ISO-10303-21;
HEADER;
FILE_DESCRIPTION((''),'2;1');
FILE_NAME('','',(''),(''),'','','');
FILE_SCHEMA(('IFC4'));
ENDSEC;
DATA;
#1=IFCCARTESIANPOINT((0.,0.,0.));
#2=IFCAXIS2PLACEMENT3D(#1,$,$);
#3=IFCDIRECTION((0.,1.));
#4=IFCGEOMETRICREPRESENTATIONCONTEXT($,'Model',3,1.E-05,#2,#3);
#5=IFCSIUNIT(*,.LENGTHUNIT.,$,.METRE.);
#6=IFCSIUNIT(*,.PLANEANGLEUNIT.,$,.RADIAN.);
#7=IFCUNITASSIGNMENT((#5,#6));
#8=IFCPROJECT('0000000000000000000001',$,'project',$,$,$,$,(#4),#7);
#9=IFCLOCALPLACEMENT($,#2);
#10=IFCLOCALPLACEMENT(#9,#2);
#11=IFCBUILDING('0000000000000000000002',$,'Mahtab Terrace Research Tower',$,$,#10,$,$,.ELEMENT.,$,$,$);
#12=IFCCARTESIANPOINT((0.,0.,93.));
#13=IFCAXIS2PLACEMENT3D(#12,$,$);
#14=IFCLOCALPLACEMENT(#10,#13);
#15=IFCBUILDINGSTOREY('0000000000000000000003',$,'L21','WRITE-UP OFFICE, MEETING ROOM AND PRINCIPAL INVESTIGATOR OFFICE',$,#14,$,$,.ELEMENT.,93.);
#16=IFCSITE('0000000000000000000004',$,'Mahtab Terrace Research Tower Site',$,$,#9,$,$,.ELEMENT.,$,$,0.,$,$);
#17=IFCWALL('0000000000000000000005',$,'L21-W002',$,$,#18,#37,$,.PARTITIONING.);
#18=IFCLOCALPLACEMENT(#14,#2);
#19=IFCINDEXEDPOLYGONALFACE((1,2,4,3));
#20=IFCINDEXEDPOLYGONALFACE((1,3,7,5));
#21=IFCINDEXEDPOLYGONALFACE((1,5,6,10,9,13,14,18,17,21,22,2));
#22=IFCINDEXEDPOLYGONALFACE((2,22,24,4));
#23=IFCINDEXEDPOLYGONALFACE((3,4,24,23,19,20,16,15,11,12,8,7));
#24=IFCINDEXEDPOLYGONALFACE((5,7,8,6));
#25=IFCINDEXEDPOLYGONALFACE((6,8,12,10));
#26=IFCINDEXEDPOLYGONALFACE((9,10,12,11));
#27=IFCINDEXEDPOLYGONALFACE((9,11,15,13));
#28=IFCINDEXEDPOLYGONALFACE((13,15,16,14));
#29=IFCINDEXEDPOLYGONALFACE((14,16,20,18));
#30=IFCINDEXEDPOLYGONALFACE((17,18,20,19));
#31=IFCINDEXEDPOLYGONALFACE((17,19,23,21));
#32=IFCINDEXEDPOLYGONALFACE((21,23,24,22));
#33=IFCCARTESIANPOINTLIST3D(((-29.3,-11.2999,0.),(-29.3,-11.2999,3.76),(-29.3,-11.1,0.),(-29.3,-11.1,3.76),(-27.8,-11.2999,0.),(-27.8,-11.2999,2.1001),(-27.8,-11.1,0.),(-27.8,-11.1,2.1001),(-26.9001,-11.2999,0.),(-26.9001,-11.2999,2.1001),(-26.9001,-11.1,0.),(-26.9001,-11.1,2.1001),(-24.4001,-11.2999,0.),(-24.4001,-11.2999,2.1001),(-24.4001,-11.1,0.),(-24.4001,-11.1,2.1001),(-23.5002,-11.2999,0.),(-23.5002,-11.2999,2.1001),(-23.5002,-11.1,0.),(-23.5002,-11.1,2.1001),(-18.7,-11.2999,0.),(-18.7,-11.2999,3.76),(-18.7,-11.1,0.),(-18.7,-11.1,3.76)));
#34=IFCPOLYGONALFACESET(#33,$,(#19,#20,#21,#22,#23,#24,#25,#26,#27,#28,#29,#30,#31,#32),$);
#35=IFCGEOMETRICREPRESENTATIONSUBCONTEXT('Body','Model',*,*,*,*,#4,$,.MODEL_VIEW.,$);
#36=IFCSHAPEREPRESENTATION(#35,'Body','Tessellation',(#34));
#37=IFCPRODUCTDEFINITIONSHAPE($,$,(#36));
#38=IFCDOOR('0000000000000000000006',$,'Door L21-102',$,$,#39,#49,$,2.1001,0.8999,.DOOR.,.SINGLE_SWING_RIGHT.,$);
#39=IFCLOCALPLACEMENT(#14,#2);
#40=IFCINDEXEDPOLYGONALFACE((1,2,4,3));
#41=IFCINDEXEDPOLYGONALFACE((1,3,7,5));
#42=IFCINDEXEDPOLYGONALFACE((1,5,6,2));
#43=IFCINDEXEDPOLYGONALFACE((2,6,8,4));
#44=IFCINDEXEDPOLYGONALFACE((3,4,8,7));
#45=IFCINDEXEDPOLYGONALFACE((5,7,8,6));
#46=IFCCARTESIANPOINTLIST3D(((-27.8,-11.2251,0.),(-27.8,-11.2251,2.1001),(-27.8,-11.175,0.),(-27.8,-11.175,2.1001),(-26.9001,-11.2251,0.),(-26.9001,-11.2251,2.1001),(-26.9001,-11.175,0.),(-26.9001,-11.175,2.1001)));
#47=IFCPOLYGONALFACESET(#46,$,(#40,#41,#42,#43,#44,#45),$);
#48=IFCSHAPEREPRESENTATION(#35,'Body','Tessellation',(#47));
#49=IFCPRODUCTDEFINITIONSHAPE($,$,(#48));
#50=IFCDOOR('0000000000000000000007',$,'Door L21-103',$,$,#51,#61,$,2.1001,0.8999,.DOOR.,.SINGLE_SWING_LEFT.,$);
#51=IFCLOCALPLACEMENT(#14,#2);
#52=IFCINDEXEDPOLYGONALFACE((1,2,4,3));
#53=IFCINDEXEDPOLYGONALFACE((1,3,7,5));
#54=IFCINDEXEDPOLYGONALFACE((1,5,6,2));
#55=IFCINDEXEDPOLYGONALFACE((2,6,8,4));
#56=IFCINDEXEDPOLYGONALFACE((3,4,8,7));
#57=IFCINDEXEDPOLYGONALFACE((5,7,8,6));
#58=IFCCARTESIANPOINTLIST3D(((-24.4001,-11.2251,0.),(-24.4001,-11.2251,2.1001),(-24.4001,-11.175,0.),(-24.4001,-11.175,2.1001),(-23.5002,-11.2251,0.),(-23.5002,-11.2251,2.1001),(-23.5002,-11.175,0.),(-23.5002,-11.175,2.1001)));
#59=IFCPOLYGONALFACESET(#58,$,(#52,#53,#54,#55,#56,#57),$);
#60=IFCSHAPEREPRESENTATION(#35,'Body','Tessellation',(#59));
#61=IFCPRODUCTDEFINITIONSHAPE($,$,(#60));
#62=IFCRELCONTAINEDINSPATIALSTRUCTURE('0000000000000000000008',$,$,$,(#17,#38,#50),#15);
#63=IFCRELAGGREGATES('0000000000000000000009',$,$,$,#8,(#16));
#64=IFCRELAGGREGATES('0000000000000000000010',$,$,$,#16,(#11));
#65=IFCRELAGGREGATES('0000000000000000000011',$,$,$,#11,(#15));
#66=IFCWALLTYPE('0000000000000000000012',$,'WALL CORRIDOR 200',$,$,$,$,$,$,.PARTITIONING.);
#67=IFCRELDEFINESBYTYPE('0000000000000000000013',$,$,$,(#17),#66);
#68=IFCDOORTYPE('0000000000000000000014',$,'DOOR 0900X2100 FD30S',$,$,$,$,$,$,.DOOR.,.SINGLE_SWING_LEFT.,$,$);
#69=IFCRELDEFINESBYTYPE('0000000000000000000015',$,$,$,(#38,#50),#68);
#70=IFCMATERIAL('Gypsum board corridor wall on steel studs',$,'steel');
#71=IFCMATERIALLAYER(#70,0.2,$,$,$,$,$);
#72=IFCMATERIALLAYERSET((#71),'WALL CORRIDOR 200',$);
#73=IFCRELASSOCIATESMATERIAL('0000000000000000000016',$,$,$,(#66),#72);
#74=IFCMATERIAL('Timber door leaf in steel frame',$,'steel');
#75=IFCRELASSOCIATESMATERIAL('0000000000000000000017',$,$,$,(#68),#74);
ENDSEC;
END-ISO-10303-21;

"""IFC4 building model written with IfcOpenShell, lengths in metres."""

from ifc_helpers import new_model, si_unit, direction, frame, frame_2d, origin, place, context, subcontext, project, spatial, rectangle, extrude, material, layer, layer_set, type_object, element, fill, save


model = new_model("IFC4")

# Units and contexts
model_context = context("Model", 3, precision=1e-05, world=origin(), true_north=direction((0.0, 1.0)))
body_context = subcontext(model_context, "Body", "Model", "MODEL_VIEW")
ifc_project = project(units=[si_unit("LENGTHUNIT", "METRE"), si_unit("PLANEANGLEUNIT", "RADIAN")], contexts=[model_context])

# Site, building, storey
site_placement = place(None, origin())
site = spatial("IfcSite", under=ifc_project, at=site_placement, Name="Mahtab Terrace Research Tower Site", CompositionType="ELEMENT", RefElevation=0.0)
building_placement = place(site_placement, origin())
building = spatial("IfcBuilding", under=site, at=building_placement, Name="Mahtab Terrace Research Tower", CompositionType="ELEMENT")
storey_placement = place(building_placement, frame((0.0, 0.0, 93.0)))
storey = spatial("IfcBuildingStorey", under=building, at=storey_placement, Name="L21", Description="WRITE-UP OFFICE, MEETING ROOM AND PRINCIPAL INVESTIGATOR OFFICE", CompositionType="ELEMENT", Elevation=93.0)

# Wall, openings, doors
ifc_material_1 = material(Name="Gypsum board corridor wall on steel studs", Category="steel")
ifc_layer_1 = layer(ifc_material_1, 0.2)
ifc_layer_set_1 = layer_set([ifc_layer_1], Name="WALL CORRIDOR 200")
wall_type_1 = type_object("IfcWallType", Name="WALL CORRIDOR 200", PredefinedType="PARTITIONING", material=ifc_layer_set_1)
wall_1_placement = place(storey_placement, frame((-29.3, -11.2, 0.0), z_axis=(0.0, 0.0, 1.0), x_axis=(1.0, 0.0, 0.0)))
wall_1 = element("IfcWall", 1, at=wall_1_placement, inside=storey, type_object=wall_type_1, Name="L21-W002", PredefinedType="PARTITIONING", context=body_context, shape_type="SweptSolid", body=[
    extrude(rectangle(XDim=10.6001, YDim=0.2, at=frame_2d((5.3, 0.0))), origin(), (0.0, 0.0, 1.0), 3.76),
])
opening_1_placement = place(wall_1_placement, frame((1.5, 0.0, 0.0)))
opening_1 = element("IfcOpeningElement", 2, at=opening_1_placement, cuts=wall_1, PredefinedType="OPENING", context=body_context, shape_type="SweptSolid", body=[
    extrude(rectangle(XDim=0.8999, YDim=2.1001, at=frame_2d((0.45, 1.05))), frame((0.0, 0.1099, 0.0), z_axis=(0.0, -1.0, 0.0), x_axis=(1.0, 0.0, 0.0)), (0.0, 0.0, 1.0), 0.22),
])
opening_2_placement = place(wall_1_placement, frame((4.8999, 0.0, 0.0)))
opening_2 = element("IfcOpeningElement", 3, at=opening_2_placement, cuts=wall_1, PredefinedType="OPENING", context=body_context, shape_type="SweptSolid", body=[
    extrude(rectangle(XDim=0.8999, YDim=2.1001, at=frame_2d((0.45, 1.05))), frame((0.0, 0.1099, 0.0), z_axis=(0.0, -1.0, 0.0), x_axis=(1.0, 0.0, 0.0)), (0.0, 0.0, 1.0), 0.22),
])
ifc_material_2 = material(Name="Timber door leaf in steel frame", Category="steel")
door_type_1 = type_object("IfcDoorType", Name="DOOR 0900X2100 FD30S", OperationType="SINGLE_SWING_LEFT", PredefinedType="DOOR", material=ifc_material_2)
door_1_placement = place(opening_1_placement, origin())
door_1 = element("IfcDoor", 4, at=door_1_placement, inside=storey, type_object=door_type_1, Name="Door L21-102", OperationType="SINGLE_SWING_RIGHT", OverallHeight=2.1001, OverallWidth=0.8999, PredefinedType="DOOR", context=body_context, shape_type="SweptSolid", body=[
    extrude(rectangle(XDim=0.8999, YDim=2.1001, at=frame_2d((0.45, 1.05))), frame((0.0, 0.0249, 0.0), z_axis=(0.0, -1.0, 0.0), x_axis=(1.0, 0.0, 0.0)), (0.0, 0.0, 1.0), 0.05),
])
fill(opening_1, door_1)
door_2_placement = place(opening_2_placement, origin())
door_2 = element("IfcDoor", 5, at=door_2_placement, inside=storey, type_object=door_type_1, Name="Door L21-103", OperationType="SINGLE_SWING_LEFT", OverallHeight=2.1001, OverallWidth=0.8999, PredefinedType="DOOR", context=body_context, shape_type="SweptSolid", body=[
    extrude(rectangle(XDim=0.8999, YDim=2.1001, at=frame_2d((0.45, 1.05))), frame((0.0, 0.0249, 0.0), z_axis=(0.0, -1.0, 0.0), x_axis=(1.0, 0.0, 0.0)), (0.0, 0.0, 1.0), 0.05),
])
fill(opening_2, door_2)

save(model, "model.ifc")
